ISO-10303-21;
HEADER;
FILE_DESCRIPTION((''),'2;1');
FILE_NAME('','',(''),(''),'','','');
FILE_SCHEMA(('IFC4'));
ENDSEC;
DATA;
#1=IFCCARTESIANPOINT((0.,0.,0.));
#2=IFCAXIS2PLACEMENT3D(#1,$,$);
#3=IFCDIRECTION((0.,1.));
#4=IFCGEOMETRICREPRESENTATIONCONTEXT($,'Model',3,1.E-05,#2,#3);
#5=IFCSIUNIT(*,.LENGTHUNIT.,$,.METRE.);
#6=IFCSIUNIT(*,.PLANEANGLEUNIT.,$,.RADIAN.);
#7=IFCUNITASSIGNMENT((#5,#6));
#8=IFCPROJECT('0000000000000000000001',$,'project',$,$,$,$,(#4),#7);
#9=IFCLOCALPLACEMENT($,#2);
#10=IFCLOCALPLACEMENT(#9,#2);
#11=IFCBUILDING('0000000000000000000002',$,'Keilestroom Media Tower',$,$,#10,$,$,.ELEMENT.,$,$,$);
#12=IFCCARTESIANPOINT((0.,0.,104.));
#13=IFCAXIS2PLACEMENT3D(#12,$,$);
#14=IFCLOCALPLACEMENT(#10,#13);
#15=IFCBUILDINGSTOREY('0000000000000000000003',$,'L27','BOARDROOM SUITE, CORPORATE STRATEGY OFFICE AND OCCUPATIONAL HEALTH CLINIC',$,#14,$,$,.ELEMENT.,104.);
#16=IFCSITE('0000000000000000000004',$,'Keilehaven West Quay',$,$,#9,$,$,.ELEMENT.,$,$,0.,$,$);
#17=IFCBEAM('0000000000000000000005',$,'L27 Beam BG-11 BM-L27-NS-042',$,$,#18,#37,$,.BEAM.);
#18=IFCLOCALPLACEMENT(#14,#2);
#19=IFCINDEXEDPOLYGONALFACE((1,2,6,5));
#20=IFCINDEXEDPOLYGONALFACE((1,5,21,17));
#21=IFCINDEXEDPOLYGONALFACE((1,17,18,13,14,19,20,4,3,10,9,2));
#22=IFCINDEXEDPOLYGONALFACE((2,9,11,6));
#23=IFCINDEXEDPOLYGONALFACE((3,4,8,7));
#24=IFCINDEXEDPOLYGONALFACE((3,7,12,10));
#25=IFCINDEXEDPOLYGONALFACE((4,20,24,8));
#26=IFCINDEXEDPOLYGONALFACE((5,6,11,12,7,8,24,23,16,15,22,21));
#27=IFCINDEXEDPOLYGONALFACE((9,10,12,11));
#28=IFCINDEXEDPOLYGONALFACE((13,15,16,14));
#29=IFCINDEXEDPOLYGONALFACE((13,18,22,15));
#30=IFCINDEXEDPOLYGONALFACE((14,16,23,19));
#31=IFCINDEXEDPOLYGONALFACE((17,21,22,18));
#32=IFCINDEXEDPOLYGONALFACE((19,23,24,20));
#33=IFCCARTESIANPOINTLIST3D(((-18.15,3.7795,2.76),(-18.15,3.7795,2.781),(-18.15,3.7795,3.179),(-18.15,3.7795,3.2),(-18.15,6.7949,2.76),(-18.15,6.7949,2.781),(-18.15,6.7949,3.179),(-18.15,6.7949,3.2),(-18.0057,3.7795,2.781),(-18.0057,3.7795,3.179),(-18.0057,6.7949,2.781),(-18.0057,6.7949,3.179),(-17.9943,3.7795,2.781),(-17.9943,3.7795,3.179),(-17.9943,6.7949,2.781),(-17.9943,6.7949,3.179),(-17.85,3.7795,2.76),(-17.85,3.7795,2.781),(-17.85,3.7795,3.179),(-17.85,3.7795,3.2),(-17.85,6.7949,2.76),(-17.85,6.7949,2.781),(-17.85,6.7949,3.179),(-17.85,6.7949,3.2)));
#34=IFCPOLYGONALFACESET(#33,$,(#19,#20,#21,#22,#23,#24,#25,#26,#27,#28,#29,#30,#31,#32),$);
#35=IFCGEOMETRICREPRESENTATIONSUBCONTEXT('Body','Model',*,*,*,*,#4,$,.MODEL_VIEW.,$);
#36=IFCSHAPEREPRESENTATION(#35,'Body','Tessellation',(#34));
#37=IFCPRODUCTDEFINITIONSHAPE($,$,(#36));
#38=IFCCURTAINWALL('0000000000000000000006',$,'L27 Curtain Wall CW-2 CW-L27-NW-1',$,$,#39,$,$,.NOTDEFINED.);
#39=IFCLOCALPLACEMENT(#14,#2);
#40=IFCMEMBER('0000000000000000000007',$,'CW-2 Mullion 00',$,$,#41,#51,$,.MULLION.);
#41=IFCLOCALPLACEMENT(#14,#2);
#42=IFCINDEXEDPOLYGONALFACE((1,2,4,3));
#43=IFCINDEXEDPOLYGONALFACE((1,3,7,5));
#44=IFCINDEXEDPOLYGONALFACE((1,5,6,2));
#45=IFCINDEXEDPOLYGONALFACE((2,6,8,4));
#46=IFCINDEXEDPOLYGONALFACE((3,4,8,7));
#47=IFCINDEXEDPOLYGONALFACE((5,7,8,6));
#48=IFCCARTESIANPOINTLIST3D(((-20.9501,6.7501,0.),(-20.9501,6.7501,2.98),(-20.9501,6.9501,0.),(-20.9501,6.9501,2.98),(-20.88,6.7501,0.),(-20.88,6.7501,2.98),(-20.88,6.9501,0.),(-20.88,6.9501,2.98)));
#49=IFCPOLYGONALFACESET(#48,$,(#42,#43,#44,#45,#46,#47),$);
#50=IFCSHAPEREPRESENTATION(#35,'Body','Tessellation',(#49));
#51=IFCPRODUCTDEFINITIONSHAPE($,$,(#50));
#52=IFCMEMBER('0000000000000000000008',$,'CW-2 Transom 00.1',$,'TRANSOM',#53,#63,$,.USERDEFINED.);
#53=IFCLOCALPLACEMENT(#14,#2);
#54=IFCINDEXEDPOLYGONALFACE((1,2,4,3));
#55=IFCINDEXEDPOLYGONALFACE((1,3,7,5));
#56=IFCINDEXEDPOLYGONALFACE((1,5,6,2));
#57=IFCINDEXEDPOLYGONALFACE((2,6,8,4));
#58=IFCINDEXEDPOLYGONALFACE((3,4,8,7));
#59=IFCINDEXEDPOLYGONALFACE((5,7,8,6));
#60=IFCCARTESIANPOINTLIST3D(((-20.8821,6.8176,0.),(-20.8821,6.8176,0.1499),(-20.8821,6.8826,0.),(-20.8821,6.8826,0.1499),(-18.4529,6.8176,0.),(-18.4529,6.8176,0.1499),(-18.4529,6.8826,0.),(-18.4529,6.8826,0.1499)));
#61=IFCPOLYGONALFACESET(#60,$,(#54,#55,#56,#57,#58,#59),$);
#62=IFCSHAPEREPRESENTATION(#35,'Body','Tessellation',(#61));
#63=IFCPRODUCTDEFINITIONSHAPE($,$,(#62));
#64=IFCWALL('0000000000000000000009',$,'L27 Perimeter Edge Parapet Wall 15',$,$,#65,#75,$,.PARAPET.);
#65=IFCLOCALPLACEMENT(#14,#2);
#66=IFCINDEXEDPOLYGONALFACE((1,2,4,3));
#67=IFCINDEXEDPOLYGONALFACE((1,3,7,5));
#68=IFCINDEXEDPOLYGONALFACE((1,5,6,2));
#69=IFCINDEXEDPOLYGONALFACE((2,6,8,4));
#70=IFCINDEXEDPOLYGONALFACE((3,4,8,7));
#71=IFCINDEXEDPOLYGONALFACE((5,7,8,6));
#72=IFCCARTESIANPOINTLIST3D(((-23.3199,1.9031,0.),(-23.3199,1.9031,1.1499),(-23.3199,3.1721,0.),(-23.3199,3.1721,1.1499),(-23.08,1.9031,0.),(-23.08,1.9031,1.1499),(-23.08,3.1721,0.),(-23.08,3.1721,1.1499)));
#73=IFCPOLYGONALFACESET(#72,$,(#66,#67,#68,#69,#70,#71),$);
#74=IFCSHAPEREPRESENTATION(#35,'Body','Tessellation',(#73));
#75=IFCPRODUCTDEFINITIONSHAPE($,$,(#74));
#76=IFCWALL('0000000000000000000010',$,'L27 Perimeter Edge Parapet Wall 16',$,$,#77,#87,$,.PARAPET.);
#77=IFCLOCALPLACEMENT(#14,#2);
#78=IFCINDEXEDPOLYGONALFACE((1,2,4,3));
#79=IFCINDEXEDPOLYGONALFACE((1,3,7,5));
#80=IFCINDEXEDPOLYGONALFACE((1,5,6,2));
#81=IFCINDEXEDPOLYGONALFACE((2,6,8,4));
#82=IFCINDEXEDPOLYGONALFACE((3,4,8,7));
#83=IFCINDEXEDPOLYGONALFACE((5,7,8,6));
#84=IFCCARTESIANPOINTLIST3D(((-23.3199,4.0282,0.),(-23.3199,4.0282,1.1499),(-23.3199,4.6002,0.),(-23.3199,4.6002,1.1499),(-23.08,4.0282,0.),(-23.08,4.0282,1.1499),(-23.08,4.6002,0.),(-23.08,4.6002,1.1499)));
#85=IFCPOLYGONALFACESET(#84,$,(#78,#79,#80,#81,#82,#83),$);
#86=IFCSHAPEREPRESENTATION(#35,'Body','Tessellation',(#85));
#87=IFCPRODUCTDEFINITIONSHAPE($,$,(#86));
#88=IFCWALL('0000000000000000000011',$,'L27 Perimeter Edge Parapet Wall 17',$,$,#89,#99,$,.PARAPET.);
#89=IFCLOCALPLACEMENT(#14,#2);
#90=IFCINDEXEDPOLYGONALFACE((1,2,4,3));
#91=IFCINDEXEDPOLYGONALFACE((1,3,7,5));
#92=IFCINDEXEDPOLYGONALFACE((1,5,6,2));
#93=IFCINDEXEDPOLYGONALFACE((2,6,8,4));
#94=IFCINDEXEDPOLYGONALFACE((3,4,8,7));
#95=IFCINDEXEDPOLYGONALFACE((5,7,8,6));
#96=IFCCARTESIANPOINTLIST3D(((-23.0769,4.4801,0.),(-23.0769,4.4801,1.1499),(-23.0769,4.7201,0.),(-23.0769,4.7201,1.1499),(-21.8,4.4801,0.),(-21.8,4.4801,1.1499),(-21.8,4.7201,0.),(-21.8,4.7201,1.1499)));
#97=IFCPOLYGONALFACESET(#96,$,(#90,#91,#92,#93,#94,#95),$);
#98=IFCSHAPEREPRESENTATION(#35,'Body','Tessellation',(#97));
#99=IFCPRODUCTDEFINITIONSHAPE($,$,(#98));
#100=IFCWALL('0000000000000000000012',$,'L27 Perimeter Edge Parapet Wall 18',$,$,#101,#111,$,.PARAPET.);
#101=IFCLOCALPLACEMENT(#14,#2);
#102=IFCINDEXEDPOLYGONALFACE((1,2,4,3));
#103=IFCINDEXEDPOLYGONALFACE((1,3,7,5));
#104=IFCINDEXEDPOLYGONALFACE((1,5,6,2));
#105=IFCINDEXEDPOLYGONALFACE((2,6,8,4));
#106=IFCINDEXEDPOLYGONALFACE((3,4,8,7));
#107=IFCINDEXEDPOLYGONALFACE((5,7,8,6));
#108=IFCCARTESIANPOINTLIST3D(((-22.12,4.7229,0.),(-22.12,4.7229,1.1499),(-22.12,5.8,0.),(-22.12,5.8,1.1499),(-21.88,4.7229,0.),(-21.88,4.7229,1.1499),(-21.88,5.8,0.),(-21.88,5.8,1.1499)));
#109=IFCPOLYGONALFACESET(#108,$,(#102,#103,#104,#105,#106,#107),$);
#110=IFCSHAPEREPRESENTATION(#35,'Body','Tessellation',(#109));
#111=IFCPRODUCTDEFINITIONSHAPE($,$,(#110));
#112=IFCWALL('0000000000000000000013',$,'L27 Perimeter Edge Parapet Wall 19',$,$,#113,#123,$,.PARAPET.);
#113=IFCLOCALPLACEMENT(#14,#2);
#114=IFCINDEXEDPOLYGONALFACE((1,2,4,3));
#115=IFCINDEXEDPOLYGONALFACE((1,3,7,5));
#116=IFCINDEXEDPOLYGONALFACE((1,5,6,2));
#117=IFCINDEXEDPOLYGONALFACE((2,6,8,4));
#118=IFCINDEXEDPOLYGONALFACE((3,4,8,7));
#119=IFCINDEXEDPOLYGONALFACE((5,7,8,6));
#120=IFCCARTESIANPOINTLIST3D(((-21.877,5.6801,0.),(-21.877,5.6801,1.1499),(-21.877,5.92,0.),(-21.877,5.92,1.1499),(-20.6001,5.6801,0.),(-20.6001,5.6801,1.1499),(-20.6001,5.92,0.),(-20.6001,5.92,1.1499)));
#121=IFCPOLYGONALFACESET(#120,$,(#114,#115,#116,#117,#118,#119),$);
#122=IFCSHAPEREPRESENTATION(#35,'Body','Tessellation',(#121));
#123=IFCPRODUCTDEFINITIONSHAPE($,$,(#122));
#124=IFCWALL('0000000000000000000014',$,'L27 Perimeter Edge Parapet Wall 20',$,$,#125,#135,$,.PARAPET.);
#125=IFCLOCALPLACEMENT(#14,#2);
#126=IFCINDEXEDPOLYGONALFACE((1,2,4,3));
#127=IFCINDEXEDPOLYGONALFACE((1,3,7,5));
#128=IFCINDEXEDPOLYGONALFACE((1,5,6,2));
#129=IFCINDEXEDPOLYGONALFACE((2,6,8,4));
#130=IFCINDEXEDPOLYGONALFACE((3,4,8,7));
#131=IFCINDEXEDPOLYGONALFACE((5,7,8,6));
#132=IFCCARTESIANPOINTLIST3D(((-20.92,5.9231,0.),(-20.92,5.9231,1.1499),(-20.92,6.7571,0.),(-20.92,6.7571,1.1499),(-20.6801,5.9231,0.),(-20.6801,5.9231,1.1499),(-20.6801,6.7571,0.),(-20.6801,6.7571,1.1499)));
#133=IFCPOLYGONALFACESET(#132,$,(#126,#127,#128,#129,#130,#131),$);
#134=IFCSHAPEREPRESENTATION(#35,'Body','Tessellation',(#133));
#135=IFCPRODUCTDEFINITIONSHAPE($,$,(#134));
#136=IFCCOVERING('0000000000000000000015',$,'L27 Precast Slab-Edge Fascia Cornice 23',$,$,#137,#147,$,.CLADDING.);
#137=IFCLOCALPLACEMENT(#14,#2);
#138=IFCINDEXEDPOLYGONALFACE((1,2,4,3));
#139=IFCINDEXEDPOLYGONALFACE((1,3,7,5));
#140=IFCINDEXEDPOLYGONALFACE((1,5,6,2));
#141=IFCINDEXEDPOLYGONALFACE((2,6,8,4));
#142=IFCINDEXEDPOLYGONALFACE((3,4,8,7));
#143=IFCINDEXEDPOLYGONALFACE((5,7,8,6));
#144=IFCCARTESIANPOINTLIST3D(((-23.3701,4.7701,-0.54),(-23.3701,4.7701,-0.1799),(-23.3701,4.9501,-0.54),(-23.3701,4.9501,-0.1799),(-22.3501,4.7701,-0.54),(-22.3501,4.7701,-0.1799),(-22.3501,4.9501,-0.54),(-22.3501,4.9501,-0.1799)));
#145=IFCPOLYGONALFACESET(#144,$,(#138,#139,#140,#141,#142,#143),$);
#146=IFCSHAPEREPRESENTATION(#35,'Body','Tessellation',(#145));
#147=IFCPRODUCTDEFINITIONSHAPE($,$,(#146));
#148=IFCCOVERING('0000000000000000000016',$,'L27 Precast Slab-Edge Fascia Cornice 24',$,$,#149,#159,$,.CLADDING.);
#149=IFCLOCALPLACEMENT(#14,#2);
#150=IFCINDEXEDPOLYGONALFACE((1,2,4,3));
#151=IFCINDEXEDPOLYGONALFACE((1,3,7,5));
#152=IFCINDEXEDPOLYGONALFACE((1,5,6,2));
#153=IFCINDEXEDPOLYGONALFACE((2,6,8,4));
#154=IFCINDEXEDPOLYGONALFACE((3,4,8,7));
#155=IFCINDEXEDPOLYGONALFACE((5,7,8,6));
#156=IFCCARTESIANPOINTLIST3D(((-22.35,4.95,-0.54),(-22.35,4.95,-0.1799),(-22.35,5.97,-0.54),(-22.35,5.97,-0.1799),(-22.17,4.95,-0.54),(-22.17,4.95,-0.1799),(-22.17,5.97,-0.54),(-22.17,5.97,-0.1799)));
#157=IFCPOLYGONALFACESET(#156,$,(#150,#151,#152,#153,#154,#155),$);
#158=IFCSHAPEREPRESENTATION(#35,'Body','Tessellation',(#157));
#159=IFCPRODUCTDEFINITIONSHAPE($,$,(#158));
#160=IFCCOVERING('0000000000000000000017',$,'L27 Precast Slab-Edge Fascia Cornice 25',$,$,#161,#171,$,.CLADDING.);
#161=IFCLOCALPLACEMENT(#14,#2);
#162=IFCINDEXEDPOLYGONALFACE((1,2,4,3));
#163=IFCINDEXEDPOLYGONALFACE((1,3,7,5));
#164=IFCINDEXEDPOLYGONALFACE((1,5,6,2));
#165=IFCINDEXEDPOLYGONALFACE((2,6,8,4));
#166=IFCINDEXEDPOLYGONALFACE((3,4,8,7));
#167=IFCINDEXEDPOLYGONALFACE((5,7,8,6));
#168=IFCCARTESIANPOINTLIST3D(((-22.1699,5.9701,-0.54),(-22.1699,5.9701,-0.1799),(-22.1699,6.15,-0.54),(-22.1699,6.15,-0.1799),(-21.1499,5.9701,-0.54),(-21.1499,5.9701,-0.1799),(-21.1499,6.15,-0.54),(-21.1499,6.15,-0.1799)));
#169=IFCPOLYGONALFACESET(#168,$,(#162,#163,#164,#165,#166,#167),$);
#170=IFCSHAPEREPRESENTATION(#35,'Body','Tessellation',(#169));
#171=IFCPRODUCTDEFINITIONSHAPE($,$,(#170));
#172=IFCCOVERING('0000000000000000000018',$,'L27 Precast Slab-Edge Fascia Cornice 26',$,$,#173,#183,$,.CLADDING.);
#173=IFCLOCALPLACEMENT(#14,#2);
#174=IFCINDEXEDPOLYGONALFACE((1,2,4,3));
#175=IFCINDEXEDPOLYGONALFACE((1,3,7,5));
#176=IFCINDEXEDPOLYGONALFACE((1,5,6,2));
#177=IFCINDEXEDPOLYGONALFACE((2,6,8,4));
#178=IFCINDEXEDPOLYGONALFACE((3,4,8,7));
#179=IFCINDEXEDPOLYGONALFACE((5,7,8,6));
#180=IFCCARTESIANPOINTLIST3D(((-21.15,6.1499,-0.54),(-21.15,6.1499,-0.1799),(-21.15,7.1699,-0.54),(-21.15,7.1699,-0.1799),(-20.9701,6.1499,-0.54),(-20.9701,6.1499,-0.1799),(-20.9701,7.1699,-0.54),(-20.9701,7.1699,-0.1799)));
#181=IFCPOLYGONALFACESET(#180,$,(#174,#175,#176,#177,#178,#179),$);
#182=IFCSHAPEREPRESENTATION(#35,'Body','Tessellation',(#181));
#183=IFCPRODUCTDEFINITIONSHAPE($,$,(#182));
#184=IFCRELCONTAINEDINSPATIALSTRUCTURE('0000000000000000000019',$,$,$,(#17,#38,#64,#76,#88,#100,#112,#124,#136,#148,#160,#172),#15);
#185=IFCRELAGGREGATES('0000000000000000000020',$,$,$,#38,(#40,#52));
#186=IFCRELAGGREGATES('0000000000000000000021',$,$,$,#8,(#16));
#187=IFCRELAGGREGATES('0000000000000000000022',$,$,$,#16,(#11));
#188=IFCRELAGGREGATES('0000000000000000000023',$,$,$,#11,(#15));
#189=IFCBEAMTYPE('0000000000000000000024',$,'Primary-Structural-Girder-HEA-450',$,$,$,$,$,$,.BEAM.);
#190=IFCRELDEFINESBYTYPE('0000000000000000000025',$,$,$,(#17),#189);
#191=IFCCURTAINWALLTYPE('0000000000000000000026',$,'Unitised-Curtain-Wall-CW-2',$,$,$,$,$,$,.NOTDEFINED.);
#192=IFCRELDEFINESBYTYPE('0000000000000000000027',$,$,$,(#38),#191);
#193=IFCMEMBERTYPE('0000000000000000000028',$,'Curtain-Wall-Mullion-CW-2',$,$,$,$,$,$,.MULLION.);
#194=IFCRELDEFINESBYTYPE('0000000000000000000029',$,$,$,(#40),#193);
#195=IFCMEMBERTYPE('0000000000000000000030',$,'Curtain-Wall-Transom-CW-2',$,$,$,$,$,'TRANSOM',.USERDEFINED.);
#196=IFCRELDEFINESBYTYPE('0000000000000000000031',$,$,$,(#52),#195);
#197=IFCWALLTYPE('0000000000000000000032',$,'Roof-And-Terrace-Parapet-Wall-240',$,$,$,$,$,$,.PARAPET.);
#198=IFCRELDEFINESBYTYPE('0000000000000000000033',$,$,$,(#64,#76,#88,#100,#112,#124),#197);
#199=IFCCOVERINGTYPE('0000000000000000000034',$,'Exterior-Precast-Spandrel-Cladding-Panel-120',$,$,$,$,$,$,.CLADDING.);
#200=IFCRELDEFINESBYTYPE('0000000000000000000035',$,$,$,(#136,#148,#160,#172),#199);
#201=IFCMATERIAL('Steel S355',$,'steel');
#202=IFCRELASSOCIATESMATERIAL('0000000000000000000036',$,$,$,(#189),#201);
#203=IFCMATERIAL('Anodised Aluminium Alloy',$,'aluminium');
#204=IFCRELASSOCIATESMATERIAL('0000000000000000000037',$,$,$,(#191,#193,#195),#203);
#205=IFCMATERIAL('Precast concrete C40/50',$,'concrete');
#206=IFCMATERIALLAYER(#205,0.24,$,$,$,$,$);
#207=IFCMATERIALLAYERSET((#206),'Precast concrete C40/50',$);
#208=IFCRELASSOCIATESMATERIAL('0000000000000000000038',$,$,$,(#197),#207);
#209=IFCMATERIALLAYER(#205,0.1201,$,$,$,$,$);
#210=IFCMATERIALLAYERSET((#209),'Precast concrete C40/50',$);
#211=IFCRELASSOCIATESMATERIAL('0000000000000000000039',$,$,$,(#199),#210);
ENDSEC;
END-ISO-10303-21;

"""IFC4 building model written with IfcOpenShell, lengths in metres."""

from ifc_helpers import new_model, si_unit, direction, frame, frame_2d, origin, origin_2d, place, context, subcontext, project, spatial, rectangle, i_section, extrude, source, transform, mapped, material, layer, layer_set, material_profile, profile_set, type_object, element, aggregate, save


model = new_model("IFC4")

# Units and contexts
model_context = context("Model", 3, precision=1e-05, world=origin(), true_north=direction((0.0, 1.0)))
body_context = subcontext(model_context, "Body", "Model", "MODEL_VIEW")
ifc_project = project(units=[si_unit("LENGTHUNIT", "METRE"), si_unit("PLANEANGLEUNIT", "RADIAN")], contexts=[model_context])

# Site, building, storey
site_placement = place(None, origin())
site = spatial("IfcSite", under=ifc_project, at=site_placement, Name="Keilehaven West Quay", CompositionType="ELEMENT", RefElevation=0.0)
building_placement = place(site_placement, origin())
building = spatial("IfcBuilding", under=site, at=building_placement, Name="Keilestroom Media Tower", CompositionType="ELEMENT")
storey_placement = place(building_placement, frame((0.0, 0.0, 104.0)))
storey = spatial("IfcBuildingStorey", under=building, at=storey_placement, Name="L27", Description="BOARDROOM SUITE, CORPORATE STRATEGY OFFICE AND OCCUPATIONAL HEALTH CLINIC", CompositionType="ELEMENT", Elevation=104.0)

# Shared definitions
ifc_material_1 = material(Name="Precast concrete C40/50", Category="concrete")
ifc_material_2 = material(Name="Steel S355", Category="steel")

# Beam
ifc_material_profile_1 = material_profile(ifc_material_2, i_section(OverallWidth=0.3, OverallDepth=0.4399, WebThickness=0.0115, FlangeThickness=0.021, at=origin_2d()), Name="HEA 450")
ifc_profile_set_1 = profile_set([ifc_material_profile_1], Name="Steel S355")
beam_type_1 = type_object("IfcBeamType", Name="Primary-Structural-Girder-HEA-450", PredefinedType="BEAM", material=ifc_profile_set_1)
shared_shape_1 = source(origin(), body_context, "Body", "SweptSolid", [
    extrude(i_section(OverallWidth=0.3, OverallDepth=0.4399, WebThickness=0.0115, FlangeThickness=0.021, at=origin_2d()), origin(), (0.0, 0.0, 1.0), 3.0154),
])
beam_1_placement = place(storey_placement, frame((-18.0, 3.7795, 2.98), z_axis=(0.0, 1.0, 0.0), x_axis=(-1.0, 0.0, 0.0)))
element("IfcBeam", 1, at=beam_1_placement, inside=storey, type_object=beam_type_1, Name="L27 Beam BG-11 BM-L27-NS-042", PredefinedType="BEAM", context=body_context, shape_type="MappedRepresentation", body=[
    mapped(shared_shape_1, transform((0.0, 0.0, 0.0), x_axis=(1.0, 0.0, 0.0), y_axis=(0.0, 1.0, 0.0), z_axis=(0.0, 0.0, 1.0), scale=1.0)),
])

# Curtain wall, members
ifc_material_3 = material(Name="Anodised Aluminium Alloy", Category="aluminium")
curtain_wall_type = type_object("IfcCurtainWallType", Name="Unitised-Curtain-Wall-CW-2", PredefinedType="NOTDEFINED", material=ifc_material_3)
curtain_wall_placement = place(storey_placement, origin())
curtain_wall = element("IfcCurtainWall", 2, at=curtain_wall_placement, inside=storey, type_object=curtain_wall_type, Name="L27 Curtain Wall CW-2 CW-L27-NW-1", PredefinedType="NOTDEFINED")
ifc_material_profile_2 = material_profile(ifc_material_3, rectangle(XDim=0.0701, YDim=0.2, at=origin_2d()), Name="ALU MULLION 70x200")
ifc_profile_set_2 = profile_set([ifc_material_profile_2], Name="Anodised Aluminium Alloy")
member_type_1 = type_object("IfcMemberType", Name="Curtain-Wall-Mullion-CW-2", PredefinedType="MULLION", material=ifc_profile_set_2)
shared_shape_2 = source(origin(), body_context, "Body", "SweptSolid", [
    extrude(rectangle(XDim=0.0701, YDim=0.2, at=origin_2d()), origin(), (0.0, 0.0, 1.0), 2.98),
])
member_1_placement = place(storey_placement, frame((-20.915, 6.8501, 0.0), z_axis=(0.0, 0.0, 1.0), x_axis=(1.0, 0.0, 0.0)))
member_1 = element("IfcMember", 3, at=member_1_placement, type_object=member_type_1, Name="CW-2 Mullion 00", PredefinedType="MULLION", context=body_context, shape_type="MappedRepresentation", body=[
    mapped(shared_shape_2, transform((0.0, 0.0, 0.0), x_axis=(1.0, 0.0, 0.0), y_axis=(0.0, 1.0, 0.0), z_axis=(0.0, 0.0, 1.0), scale=1.0)),
])
ifc_material_profile_3 = material_profile(ifc_material_3, rectangle(XDim=0.0649, YDim=0.1499, at=origin_2d()), Name="ALU TRANSOM 65x150")
ifc_profile_set_3 = profile_set([ifc_material_profile_3], Name="Anodised Aluminium Alloy")
member_type_2 = type_object("IfcMemberType", Name="Curtain-Wall-Transom-CW-2", ElementType="TRANSOM", PredefinedType="USERDEFINED", material=ifc_profile_set_3)
shared_shape_3 = source(origin(), body_context, "Body", "SweptSolid", [
    extrude(rectangle(XDim=0.0649, YDim=0.1499, at=origin_2d()), origin(), (0.0, 0.0, 1.0), 2.4292),
])
member_2_placement = place(storey_placement, frame((-20.8821, 6.8501, 0.075), z_axis=(1.0, 0.0, 0.0), x_axis=(0.0, 1.0, 0.0)))
member_2 = element("IfcMember", 4, at=member_2_placement, type_object=member_type_2, Name="CW-2 Transom 00.1", ObjectType="TRANSOM", PredefinedType="USERDEFINED", context=body_context, shape_type="MappedRepresentation", body=[
    mapped(shared_shape_3, transform((0.0, 0.0, 0.0), x_axis=(1.0, 0.0, 0.0), y_axis=(0.0, 1.0, 0.0), z_axis=(0.0, 0.0, 1.0), scale=1.0)),
])
aggregate(curtain_wall, [member_1, member_2])

# Walls
ifc_layer_1 = layer(ifc_material_1, 0.24)
ifc_layer_set_1 = layer_set([ifc_layer_1], Name="Precast concrete C40/50")
wall_type = type_object("IfcWallType", Name="Roof-And-Terrace-Parapet-Wall-240", PredefinedType="PARAPET", material=ifc_layer_set_1)
wall_1_placement = place(storey_placement, frame((-23.2, 1.9031, 0.0), z_axis=(0.0, 0.0, 1.0), x_axis=(0.0, 1.0, 0.0)))
element("IfcWall", 5, at=wall_1_placement, inside=storey, type_object=wall_type, Name="L27 Perimeter Edge Parapet Wall 15", PredefinedType="PARAPET", context=body_context, shape_type="SweptSolid", body=[
    extrude(rectangle(XDim=1.269, YDim=0.24, at=frame_2d((0.6345, 0.0))), origin(), (0.0, 0.0, 1.0), 1.1499),
])
wall_2_placement = place(storey_placement, frame((-23.2, 4.0281, 0.0), z_axis=(0.0, 0.0, 1.0), x_axis=(0.0, 1.0, 0.0)))
element("IfcWall", 6, at=wall_2_placement, inside=storey, type_object=wall_type, Name="L27 Perimeter Edge Parapet Wall 16", PredefinedType="PARAPET", context=body_context, shape_type="SweptSolid", body=[
    extrude(rectangle(XDim=0.572, YDim=0.24, at=frame_2d((0.2861, 0.0))), origin(), (0.0, 0.0, 1.0), 1.1499),
])
wall_3_placement = place(storey_placement, frame((-23.0769, 4.6001, 0.0), z_axis=(0.0, 0.0, 1.0), x_axis=(1.0, 0.0, 0.0)))
element("IfcWall", 7, at=wall_3_placement, inside=storey, type_object=wall_type, Name="L27 Perimeter Edge Parapet Wall 17", PredefinedType="PARAPET", context=body_context, shape_type="SweptSolid", body=[
    extrude(rectangle(XDim=1.2769, YDim=0.24, at=frame_2d((0.6384, 0.0))), origin(), (0.0, 0.0, 1.0), 1.1499),
])
wall_4_placement = place(storey_placement, frame((-22.0, 4.7229, 0.0), z_axis=(0.0, 0.0, 1.0), x_axis=(0.0, 1.0, 0.0)))
element("IfcWall", 8, at=wall_4_placement, inside=storey, type_object=wall_type, Name="L27 Perimeter Edge Parapet Wall 18", PredefinedType="PARAPET", context=body_context, shape_type="SweptSolid", body=[
    extrude(rectangle(XDim=1.0771, YDim=0.24, at=frame_2d((0.5386, 0.0))), origin(), (0.0, 0.0, 1.0), 1.1499),
])
wall_5_placement = place(storey_placement, frame((-21.877, 5.8, 0.0), z_axis=(0.0, 0.0, 1.0), x_axis=(1.0, 0.0, 0.0)))
element("IfcWall", 9, at=wall_5_placement, inside=storey, type_object=wall_type, Name="L27 Perimeter Edge Parapet Wall 19", PredefinedType="PARAPET", context=body_context, shape_type="SweptSolid", body=[
    extrude(rectangle(XDim=1.2769, YDim=0.24, at=frame_2d((0.6384, 0.0))), origin(), (0.0, 0.0, 1.0), 1.1499),
])
wall_6_placement = place(storey_placement, frame((-20.8, 5.9231, 0.0), z_axis=(0.0, 0.0, 1.0), x_axis=(0.0, 1.0, 0.0)))
element("IfcWall", 10, at=wall_6_placement, inside=storey, type_object=wall_type, Name="L27 Perimeter Edge Parapet Wall 20", PredefinedType="PARAPET", context=body_context, shape_type="SweptSolid", body=[
    extrude(rectangle(XDim=0.834, YDim=0.24, at=frame_2d((0.417, 0.0))), origin(), (0.0, 0.0, 1.0), 1.1499),
])

# Coverings
ifc_layer_2 = layer(ifc_material_1, 0.1201)
ifc_layer_set_2 = layer_set([ifc_layer_2], Name="Precast concrete C40/50")
covering_type = type_object("IfcCoveringType", Name="Exterior-Precast-Spandrel-Cladding-Panel-120", PredefinedType="CLADDING", material=ifc_layer_set_2)
shared_shape_4 = source(origin(), body_context, "Body", "SweptSolid", [
    extrude(rectangle(XDim=1.02, YDim=0.1799, at=origin_2d()), origin(), (0.0, 0.0, 1.0), 0.3601),
])
for number, where, z_axis, x_axis, name in (
    (11, (-22.8601, 4.8601, -0.54), (0.0, 0.0, 1.0), (1.0, 0.0, 0.0), "L27 Precast Slab-Edge Fascia Cornice 23"),
    (12, (-22.26, 5.46, -0.54), (0.0, 0.0, 1.0), (0.0, 1.0, 0.0), "L27 Precast Slab-Edge Fascia Cornice 24"),
    (13, (-21.6599, 6.0601, -0.54), (0.0, 0.0, 1.0), (1.0, 0.0, 0.0), "L27 Precast Slab-Edge Fascia Cornice 25"),
    (14, (-21.0601, 6.6599, -0.54), (0.0, 0.0, 1.0), (0.0, 1.0, 0.0), "L27 Precast Slab-Edge Fascia Cornice 26"),
):
    element("IfcCovering", number, at=place(storey_placement, frame(where, z_axis=z_axis, x_axis=x_axis)), inside=storey, type_object=covering_type, Name=name, PredefinedType="CLADDING", context=body_context, shape_type="MappedRepresentation", body=[
        mapped(shared_shape_4, transform((0.0, 0.0, 0.0), x_axis=(1.0, 0.0, 0.0), y_axis=(0.0, 1.0, 0.0), z_axis=(0.0, 0.0, 1.0), scale=1.0)),
    ])

save(model, "model.ifc")
